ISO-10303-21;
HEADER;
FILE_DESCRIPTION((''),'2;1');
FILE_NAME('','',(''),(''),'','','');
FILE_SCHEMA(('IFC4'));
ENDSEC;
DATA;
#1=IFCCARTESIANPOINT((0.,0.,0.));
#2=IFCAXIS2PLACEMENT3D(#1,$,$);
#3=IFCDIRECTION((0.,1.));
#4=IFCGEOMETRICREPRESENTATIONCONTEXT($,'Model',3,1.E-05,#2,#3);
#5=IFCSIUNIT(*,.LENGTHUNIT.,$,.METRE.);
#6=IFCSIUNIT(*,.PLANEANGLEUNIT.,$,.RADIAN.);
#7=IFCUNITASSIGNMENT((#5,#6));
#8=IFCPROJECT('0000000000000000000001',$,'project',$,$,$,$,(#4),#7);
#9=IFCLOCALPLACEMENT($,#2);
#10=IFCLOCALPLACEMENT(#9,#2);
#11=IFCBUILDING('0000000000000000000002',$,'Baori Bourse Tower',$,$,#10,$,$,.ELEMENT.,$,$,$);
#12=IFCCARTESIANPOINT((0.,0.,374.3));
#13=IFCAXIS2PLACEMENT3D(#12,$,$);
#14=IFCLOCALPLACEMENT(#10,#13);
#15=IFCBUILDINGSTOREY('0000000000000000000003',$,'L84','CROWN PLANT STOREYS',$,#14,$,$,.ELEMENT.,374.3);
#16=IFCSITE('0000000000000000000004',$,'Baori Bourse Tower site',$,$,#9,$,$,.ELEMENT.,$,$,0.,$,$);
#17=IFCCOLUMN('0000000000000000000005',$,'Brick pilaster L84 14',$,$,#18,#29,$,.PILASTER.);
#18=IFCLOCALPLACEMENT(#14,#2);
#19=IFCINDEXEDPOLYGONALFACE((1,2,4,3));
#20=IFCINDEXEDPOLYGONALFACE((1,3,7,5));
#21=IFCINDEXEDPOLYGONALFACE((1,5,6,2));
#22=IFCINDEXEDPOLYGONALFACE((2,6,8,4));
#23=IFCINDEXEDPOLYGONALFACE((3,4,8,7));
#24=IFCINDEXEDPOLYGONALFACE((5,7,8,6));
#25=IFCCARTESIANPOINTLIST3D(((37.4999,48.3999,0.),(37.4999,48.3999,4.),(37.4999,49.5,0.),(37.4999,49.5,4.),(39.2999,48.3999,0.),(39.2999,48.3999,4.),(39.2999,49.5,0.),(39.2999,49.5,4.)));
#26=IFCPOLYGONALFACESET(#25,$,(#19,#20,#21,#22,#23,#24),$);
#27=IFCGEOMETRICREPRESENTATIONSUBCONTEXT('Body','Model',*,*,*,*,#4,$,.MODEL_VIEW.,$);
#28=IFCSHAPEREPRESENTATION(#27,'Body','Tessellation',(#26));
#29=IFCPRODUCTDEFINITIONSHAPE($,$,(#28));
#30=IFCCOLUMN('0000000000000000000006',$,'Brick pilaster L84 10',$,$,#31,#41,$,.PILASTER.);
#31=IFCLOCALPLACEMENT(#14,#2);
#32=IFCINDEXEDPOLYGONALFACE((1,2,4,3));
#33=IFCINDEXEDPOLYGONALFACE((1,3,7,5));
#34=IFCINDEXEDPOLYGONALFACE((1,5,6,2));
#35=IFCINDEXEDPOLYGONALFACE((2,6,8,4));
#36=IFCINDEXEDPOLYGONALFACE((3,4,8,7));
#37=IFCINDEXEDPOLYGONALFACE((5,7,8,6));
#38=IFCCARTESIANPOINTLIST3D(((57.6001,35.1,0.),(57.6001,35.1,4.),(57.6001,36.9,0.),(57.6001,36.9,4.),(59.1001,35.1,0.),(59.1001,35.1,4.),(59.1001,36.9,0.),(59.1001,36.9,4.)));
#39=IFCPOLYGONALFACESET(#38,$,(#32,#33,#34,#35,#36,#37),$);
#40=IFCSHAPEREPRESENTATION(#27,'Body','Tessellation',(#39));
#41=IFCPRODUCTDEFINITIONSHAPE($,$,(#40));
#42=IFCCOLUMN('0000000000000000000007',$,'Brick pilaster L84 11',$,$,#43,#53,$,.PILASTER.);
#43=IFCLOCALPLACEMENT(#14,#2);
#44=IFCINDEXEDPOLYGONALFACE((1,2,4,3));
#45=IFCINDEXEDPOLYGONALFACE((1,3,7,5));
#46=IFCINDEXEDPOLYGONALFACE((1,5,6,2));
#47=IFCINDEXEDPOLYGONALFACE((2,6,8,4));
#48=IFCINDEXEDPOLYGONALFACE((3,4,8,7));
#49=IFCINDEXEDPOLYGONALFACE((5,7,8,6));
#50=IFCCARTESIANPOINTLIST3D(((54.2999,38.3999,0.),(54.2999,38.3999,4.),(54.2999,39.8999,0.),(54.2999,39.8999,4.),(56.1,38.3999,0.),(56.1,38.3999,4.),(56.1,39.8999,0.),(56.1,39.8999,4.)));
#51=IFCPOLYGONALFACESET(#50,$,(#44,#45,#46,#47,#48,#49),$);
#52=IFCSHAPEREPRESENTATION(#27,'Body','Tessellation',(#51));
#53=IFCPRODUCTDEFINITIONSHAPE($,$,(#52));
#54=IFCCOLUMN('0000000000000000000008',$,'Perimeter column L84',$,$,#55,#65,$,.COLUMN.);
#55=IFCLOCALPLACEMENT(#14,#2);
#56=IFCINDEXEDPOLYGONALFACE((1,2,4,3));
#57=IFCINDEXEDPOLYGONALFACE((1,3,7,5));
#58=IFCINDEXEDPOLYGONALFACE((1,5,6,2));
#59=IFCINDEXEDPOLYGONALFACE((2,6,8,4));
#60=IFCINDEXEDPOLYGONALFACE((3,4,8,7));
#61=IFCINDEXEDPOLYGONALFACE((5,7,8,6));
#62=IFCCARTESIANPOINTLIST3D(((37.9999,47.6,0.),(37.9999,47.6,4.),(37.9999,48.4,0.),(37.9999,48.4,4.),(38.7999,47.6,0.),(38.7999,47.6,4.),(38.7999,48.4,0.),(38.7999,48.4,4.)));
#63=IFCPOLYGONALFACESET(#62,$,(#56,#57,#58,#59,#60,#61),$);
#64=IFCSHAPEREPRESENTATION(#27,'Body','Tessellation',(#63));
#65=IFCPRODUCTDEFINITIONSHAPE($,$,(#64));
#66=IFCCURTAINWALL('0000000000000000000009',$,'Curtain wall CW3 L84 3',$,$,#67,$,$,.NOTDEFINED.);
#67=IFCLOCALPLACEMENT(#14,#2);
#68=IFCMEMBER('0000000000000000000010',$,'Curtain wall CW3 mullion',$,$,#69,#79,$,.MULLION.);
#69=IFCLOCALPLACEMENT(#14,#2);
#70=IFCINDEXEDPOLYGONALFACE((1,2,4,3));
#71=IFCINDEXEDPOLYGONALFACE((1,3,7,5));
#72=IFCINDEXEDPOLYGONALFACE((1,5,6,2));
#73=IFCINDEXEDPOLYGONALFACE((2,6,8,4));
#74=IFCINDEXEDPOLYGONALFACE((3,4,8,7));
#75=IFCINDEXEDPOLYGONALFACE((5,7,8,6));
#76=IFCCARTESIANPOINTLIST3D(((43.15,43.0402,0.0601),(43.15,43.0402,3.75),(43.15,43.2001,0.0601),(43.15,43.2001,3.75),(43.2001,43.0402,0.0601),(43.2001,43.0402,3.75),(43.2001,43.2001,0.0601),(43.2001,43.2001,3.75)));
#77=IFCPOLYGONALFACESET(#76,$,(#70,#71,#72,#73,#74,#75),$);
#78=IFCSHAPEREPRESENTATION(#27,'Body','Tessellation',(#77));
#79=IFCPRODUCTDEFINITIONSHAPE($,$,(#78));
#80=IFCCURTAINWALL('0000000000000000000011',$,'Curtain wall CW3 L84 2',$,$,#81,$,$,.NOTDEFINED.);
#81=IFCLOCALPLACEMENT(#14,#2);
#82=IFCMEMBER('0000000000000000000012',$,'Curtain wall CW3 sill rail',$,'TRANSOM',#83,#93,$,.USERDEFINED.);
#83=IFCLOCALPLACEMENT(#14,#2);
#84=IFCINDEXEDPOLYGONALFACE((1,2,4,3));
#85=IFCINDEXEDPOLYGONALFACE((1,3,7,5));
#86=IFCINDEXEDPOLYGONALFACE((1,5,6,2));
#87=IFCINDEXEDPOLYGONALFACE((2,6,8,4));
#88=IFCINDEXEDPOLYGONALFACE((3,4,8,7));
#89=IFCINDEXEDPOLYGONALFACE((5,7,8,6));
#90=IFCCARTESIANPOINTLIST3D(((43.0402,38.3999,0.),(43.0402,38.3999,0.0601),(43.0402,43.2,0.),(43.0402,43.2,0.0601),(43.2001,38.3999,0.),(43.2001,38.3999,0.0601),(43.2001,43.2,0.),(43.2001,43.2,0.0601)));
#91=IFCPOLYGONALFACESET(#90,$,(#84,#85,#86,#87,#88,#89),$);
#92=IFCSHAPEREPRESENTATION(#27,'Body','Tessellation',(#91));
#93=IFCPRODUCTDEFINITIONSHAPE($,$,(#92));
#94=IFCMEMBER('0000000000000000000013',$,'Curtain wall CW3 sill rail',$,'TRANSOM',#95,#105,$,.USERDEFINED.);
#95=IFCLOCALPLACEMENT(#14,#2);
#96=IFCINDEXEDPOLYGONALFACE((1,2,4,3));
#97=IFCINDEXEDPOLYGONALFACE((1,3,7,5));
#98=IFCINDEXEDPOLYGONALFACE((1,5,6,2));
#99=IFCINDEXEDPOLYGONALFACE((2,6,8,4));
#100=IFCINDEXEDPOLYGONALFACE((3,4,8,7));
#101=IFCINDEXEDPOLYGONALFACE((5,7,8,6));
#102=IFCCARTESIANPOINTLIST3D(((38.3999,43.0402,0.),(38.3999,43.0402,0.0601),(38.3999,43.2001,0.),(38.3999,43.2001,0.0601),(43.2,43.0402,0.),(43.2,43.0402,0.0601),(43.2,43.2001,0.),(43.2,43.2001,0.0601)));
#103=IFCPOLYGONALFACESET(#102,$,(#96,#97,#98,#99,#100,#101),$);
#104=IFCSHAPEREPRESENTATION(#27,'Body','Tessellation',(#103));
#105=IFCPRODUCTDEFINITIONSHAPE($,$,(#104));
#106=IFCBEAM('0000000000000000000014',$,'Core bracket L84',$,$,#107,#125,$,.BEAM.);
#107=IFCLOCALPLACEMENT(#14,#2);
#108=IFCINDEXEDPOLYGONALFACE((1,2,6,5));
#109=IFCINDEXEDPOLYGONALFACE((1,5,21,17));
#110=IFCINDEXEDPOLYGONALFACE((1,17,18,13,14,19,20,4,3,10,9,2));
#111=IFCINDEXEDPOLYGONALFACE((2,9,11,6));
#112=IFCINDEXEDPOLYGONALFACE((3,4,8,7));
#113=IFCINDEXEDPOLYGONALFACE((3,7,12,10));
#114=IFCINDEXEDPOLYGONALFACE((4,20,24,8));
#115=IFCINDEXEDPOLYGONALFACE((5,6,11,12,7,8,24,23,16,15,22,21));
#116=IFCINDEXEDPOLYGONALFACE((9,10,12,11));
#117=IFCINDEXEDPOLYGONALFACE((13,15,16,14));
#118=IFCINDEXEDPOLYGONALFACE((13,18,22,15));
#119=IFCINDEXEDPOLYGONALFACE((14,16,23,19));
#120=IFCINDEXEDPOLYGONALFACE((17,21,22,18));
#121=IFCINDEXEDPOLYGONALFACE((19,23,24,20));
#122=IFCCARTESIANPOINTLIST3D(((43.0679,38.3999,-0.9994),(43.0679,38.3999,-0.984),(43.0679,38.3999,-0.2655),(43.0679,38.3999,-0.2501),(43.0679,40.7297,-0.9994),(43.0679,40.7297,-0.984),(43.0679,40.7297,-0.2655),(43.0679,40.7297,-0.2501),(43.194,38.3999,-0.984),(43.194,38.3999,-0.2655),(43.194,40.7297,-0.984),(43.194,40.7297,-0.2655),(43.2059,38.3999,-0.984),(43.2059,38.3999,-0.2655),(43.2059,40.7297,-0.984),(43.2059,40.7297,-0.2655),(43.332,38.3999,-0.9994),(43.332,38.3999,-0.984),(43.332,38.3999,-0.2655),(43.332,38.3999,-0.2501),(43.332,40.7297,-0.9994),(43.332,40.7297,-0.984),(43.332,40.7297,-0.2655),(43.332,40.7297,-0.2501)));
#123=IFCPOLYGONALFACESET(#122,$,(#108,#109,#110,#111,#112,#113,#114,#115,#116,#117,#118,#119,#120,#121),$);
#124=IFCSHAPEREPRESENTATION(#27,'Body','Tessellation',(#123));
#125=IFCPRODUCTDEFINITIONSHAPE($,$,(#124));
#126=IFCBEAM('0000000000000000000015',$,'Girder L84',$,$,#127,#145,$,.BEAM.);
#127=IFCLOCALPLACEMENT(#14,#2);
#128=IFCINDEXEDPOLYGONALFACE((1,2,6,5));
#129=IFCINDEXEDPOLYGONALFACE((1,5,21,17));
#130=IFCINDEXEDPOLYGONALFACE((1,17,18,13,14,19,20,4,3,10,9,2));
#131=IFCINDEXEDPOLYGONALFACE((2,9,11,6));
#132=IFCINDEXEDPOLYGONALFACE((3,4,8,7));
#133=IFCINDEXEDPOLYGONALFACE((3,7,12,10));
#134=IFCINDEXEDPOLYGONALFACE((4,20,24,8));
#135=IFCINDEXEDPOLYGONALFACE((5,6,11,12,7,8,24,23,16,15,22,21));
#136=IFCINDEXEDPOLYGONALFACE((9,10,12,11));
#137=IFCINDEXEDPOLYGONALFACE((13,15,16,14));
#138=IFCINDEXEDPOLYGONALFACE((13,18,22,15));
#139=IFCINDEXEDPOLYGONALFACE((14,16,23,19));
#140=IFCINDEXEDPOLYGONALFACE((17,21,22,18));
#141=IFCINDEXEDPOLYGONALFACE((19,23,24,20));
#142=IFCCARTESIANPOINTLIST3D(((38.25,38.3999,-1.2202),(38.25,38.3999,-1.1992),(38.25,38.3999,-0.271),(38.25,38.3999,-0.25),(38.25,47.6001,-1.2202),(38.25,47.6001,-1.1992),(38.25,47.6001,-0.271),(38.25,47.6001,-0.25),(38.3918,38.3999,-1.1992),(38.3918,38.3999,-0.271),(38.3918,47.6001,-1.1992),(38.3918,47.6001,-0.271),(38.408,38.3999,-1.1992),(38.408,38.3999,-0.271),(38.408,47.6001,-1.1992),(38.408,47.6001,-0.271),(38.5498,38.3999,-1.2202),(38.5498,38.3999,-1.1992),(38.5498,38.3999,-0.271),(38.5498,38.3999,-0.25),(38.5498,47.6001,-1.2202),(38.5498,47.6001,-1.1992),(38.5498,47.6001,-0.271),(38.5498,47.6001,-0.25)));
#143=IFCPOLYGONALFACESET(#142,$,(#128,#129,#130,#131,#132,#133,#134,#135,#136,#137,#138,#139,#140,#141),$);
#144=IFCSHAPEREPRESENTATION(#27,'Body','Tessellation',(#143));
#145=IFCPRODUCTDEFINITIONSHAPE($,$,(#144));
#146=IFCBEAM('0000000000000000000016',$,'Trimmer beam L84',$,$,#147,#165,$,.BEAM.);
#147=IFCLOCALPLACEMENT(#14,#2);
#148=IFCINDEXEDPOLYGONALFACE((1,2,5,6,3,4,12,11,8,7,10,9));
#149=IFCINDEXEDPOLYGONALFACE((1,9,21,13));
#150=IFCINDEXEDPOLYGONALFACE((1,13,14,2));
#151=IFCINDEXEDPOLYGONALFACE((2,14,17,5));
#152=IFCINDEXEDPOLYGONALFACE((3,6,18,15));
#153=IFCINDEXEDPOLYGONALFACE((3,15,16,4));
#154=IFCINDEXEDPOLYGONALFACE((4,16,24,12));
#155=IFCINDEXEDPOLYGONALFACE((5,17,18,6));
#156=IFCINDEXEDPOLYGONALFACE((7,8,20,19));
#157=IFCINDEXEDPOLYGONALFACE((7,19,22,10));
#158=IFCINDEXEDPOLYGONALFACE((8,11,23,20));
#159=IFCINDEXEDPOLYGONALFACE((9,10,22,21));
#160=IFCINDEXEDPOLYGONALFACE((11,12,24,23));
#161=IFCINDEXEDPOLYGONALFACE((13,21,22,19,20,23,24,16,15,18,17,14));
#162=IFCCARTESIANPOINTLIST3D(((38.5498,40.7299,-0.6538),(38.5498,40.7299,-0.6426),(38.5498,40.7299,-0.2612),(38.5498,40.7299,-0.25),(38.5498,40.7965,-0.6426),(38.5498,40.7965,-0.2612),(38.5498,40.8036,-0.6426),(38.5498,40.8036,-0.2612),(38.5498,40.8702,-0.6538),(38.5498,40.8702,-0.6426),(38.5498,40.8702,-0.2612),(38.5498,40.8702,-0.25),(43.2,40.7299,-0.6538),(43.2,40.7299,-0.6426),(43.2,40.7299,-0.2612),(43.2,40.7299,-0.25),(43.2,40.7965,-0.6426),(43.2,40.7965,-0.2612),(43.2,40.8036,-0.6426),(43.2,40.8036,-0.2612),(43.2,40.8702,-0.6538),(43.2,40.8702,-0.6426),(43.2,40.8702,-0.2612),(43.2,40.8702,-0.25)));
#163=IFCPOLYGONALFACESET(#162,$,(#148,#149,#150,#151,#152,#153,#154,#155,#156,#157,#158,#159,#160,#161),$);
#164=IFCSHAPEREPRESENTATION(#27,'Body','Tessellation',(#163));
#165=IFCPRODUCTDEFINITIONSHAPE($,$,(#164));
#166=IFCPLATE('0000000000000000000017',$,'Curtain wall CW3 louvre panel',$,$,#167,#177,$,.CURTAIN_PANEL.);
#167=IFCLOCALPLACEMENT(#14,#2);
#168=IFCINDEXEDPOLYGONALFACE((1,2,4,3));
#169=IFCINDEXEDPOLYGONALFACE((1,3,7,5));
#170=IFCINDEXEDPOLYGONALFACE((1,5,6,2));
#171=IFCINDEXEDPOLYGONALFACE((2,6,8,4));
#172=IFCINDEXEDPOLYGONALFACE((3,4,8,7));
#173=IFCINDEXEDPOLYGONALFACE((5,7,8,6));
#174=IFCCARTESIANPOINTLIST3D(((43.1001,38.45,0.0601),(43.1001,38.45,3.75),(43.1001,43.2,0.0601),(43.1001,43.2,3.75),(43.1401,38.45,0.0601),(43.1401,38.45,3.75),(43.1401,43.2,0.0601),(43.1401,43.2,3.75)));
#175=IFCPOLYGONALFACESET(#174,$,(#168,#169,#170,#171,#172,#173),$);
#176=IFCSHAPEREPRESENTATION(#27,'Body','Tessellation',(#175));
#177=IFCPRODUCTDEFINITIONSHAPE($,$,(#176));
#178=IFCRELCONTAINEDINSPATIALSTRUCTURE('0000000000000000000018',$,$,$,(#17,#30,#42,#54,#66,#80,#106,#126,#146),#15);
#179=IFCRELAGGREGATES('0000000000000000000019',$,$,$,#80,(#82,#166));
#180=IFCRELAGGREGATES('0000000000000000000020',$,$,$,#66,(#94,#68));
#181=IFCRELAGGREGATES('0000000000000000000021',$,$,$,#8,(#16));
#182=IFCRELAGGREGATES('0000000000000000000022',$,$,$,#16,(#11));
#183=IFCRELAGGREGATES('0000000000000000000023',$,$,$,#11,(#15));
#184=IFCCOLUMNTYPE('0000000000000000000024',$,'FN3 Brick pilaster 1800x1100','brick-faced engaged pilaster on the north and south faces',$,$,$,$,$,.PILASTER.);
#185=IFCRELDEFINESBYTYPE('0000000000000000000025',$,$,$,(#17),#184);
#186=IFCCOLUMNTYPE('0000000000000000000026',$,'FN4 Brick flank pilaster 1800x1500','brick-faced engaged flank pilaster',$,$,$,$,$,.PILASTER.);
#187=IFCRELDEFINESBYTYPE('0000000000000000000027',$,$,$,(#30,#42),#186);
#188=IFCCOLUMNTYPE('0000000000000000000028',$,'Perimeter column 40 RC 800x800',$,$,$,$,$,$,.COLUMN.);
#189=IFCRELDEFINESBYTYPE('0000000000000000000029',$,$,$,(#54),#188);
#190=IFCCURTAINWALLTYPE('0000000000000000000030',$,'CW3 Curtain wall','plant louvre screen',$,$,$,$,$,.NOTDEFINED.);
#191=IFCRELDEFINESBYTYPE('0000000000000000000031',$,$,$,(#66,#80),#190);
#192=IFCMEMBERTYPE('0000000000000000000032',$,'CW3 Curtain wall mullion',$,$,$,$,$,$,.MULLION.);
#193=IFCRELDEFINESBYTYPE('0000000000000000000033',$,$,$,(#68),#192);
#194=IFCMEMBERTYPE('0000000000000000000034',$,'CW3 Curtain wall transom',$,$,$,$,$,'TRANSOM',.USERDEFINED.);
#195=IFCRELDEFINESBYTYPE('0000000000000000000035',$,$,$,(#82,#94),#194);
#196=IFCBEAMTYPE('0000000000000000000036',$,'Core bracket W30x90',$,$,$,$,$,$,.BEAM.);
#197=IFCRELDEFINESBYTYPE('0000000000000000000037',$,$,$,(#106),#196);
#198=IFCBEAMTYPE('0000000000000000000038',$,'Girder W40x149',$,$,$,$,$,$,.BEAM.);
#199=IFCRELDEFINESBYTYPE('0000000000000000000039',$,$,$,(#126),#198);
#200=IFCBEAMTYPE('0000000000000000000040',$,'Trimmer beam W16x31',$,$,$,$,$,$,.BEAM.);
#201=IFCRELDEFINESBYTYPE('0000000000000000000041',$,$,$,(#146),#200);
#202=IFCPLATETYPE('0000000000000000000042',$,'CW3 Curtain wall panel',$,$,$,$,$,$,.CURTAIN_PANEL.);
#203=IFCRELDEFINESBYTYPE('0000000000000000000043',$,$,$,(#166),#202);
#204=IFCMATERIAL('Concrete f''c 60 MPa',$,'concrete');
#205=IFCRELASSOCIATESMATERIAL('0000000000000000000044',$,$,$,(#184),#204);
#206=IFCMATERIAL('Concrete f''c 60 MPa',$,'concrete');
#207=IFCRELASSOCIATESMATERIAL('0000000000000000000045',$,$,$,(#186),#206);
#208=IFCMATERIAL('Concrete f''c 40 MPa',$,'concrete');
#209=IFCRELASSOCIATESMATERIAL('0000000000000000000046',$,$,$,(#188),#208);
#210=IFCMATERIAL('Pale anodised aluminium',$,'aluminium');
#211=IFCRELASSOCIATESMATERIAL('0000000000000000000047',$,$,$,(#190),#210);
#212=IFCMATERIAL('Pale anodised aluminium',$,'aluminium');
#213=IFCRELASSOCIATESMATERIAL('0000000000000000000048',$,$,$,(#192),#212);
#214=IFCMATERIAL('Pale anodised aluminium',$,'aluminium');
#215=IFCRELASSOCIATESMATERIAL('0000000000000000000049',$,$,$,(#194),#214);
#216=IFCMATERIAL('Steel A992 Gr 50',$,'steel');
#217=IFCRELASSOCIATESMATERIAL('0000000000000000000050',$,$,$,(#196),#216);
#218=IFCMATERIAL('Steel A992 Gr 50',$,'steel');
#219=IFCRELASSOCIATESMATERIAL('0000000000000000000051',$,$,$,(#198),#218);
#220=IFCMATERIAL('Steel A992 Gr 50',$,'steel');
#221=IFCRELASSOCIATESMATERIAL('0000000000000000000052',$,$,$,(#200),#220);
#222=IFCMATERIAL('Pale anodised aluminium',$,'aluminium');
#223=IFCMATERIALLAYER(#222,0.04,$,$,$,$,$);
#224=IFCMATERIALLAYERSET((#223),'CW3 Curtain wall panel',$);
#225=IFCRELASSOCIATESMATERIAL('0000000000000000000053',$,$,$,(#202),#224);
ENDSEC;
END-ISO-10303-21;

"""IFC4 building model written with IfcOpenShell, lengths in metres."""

from ifc_helpers import new_model, si_unit, direction, frame, origin, origin_2d, place, context, subcontext, project, spatial, rectangle, i_section, extrude, material, layer, layer_set, material_profile, profile_set, type_object, element, aggregate, save


model = new_model("IFC4")

# Units and contexts
model_context = context("Model", 3, precision=1e-05, world=origin(), true_north=direction((0.0, 1.0)))
body_context = subcontext(model_context, "Body", "Model", "MODEL_VIEW")
ifc_project = project(units=[si_unit("LENGTHUNIT", "METRE"), si_unit("PLANEANGLEUNIT", "RADIAN")], contexts=[model_context])

# Site, building, storey
site_placement = place(None, origin())
site = spatial("IfcSite", under=ifc_project, at=site_placement, Name="Baori Bourse Tower site", CompositionType="ELEMENT", RefElevation=0.0)
building_placement = place(site_placement, origin())
building = spatial("IfcBuilding", under=site, at=building_placement, Name="Baori Bourse Tower", CompositionType="ELEMENT")
storey_placement = place(building_placement, frame((0.0, 0.0, 374.3)))
storey = spatial("IfcBuildingStorey", under=building, at=storey_placement, Name="L84", Description="CROWN PLANT STOREYS", CompositionType="ELEMENT", Elevation=374.3)

# Columns
ifc_material_1 = material(Name="Concrete f'c 60 MPa", Category="concrete")
ifc_material_profile_1 = material_profile(ifc_material_1, rectangle(XDim=1.8, YDim=1.1001, at=origin_2d()), Name="RC 1800x1100")
ifc_profile_set_1 = profile_set([ifc_material_profile_1], Name="Concrete f'c 60 MPa")
column_type_1 = type_object("IfcColumnType", Name="FN3 Brick pilaster 1800x1100", Description="brick-faced engaged pilaster on the north and south faces", PredefinedType="PILASTER", material=ifc_profile_set_1)
column_1_placement = place(storey_placement, frame((38.3999, 48.95, 0.0), z_axis=(0.0, 0.0, 1.0), x_axis=(1.0, 0.0, 0.0)))
element("IfcColumn", 1, at=column_1_placement, inside=storey, type_object=column_type_1, Name="Brick pilaster L84 14", PredefinedType="PILASTER", context=body_context, shape_type="SweptSolid", body=[
    extrude(rectangle(XDim=1.8, YDim=1.1001, at=origin_2d()), origin(), (0.0, 0.0, 1.0), 4.0),
])
ifc_material_2 = material(Name="Concrete f'c 60 MPa", Category="concrete")
ifc_material_profile_2 = material_profile(ifc_material_2, rectangle(XDim=1.8, YDim=1.5, at=origin_2d()), Name="RC 1800x1500")
ifc_profile_set_2 = profile_set([ifc_material_profile_2], Name="Concrete f'c 60 MPa")
column_type_2 = type_object("IfcColumnType", Name="FN4 Brick flank pilaster 1800x1500", Description="brick-faced engaged flank pilaster", PredefinedType="PILASTER", material=ifc_profile_set_2)
for number, where, z_axis, x_axis, name in (
    (2, (58.3501, 36.0, 0.0), (0.0, 0.0, 1.0), (0.0, 1.0, 0.0), "Brick pilaster L84 10"),
    (3, (55.2, 39.1499, 0.0), (0.0, 0.0, 1.0), (1.0, 0.0, 0.0), "Brick pilaster L84 11"),
):
    element("IfcColumn", number, at=place(storey_placement, frame(where, z_axis=z_axis, x_axis=x_axis)), inside=storey, type_object=column_type_2, Name=name, PredefinedType="PILASTER", context=body_context, shape_type="SweptSolid", body=[
        extrude(rectangle(XDim=1.8, YDim=1.5, at=origin_2d()), origin(), (0.0, 0.0, 1.0), 4.0),
    ])
ifc_material_3 = material(Name="Concrete f'c 40 MPa", Category="concrete")
ifc_material_profile_3 = material_profile(ifc_material_3, rectangle(XDim=0.8, YDim=0.8, at=origin_2d()), Name="RC 800x800")
ifc_profile_set_3 = profile_set([ifc_material_profile_3], Name="Concrete f'c 40 MPa")
column_type_3 = type_object("IfcColumnType", Name="Perimeter column 40 RC 800x800", PredefinedType="COLUMN", material=ifc_profile_set_3)
column_2_placement = place(storey_placement, frame((38.3999, 48.0, 0.0), z_axis=(0.0, 0.0, 1.0), x_axis=(1.0, 0.0, 0.0)))
element("IfcColumn", 4, at=column_2_placement, inside=storey, type_object=column_type_3, Name="Perimeter column L84", PredefinedType="COLUMN", context=body_context, shape_type="SweptSolid", body=[
    extrude(rectangle(XDim=0.8, YDim=0.8, at=origin_2d()), origin(), (0.0, 0.0, 1.0), 4.0),
])

# Curtain walls, members
ifc_material_4 = material(Name="Pale anodised aluminium", Category="aluminium")
curtain_wall_type = type_object("IfcCurtainWallType", Name="CW3 Curtain wall", Description="plant louvre screen", PredefinedType="NOTDEFINED", material=ifc_material_4)
curtain_wall_1_placement = place(storey_placement, origin())
curtain_wall_1 = element("IfcCurtainWall", 5, at=curtain_wall_1_placement, inside=storey, type_object=curtain_wall_type, Name="Curtain wall CW3 L84 3", PredefinedType="NOTDEFINED")
ifc_material_5 = material(Name="Pale anodised aluminium", Category="aluminium")
ifc_material_profile_4 = material_profile(ifc_material_5, rectangle(XDim=0.1599, YDim=0.05, at=origin_2d()), Name="Mullion 50x160")
ifc_profile_set_4 = profile_set([ifc_material_profile_4], Name="Pale anodised aluminium")
member_type_1 = type_object("IfcMemberType", Name="CW3 Curtain wall mullion", PredefinedType="MULLION", material=ifc_profile_set_4)
member_1_placement = place(storey_placement, frame((43.175, 43.1201, 0.0601), z_axis=(0.0, 0.0, 1.0), x_axis=(0.0, -1.0, 0.0)))
member_1 = element("IfcMember", 6, at=member_1_placement, type_object=member_type_1, Name="Curtain wall CW3 mullion", PredefinedType="MULLION", context=body_context, shape_type="SweptSolid", body=[
    extrude(rectangle(XDim=0.1599, YDim=0.05, at=origin_2d()), origin(), (0.0, 0.0, 1.0), 3.6899),
])
curtain_wall_2_placement = place(storey_placement, origin())
curtain_wall_2 = element("IfcCurtainWall", 7, at=curtain_wall_2_placement, inside=storey, type_object=curtain_wall_type, Name="Curtain wall CW3 L84 2", PredefinedType="NOTDEFINED")
ifc_material_6 = material(Name="Pale anodised aluminium", Category="aluminium")
ifc_material_profile_5 = material_profile(ifc_material_6, rectangle(XDim=0.1599, YDim=0.0601, at=origin_2d()), Name="Transom 60x160")
ifc_profile_set_5 = profile_set([ifc_material_profile_5], Name="Pale anodised aluminium")
member_type_2 = type_object("IfcMemberType", Name="CW3 Curtain wall transom", ElementType="TRANSOM", PredefinedType="USERDEFINED", material=ifc_profile_set_5)
member_2_placement = place(storey_placement, frame((43.1201, 38.3999, 0.03), z_axis=(0.0, 1.0, 0.0), x_axis=(-1.0, 0.0, 0.0)))
member_2 = element("IfcMember", 8, at=member_2_placement, type_object=member_type_2, Name="Curtain wall CW3 sill rail", ObjectType="TRANSOM", PredefinedType="USERDEFINED", context=body_context, shape_type="SweptSolid", body=[
    extrude(rectangle(XDim=0.1599, YDim=0.0601, at=origin_2d()), origin(), (0.0, 0.0, 1.0), 4.8),
])

# Member
member_3_placement = place(storey_placement, frame((43.2, 43.1201, 0.03), z_axis=(-1.0, 0.0, 0.0), x_axis=(0.0, -1.0, 0.0)))
member_3 = element("IfcMember", 9, at=member_3_placement, type_object=member_type_2, Name="Curtain wall CW3 sill rail", ObjectType="TRANSOM", PredefinedType="USERDEFINED", context=body_context, shape_type="SweptSolid", body=[
    extrude(rectangle(XDim=0.1599, YDim=0.0601, at=origin_2d()), origin(), (0.0, 0.0, 1.0), 4.8),
])

# Beams
ifc_material_7 = material(Name="Steel A992 Gr 50", Category="steel")
ifc_material_profile_6 = material_profile(ifc_material_7, i_section(OverallWidth=0.2642, OverallDepth=0.7493, WebThickness=0.012, FlangeThickness=0.0154, at=origin_2d()), Name="W30x90")
ifc_profile_set_6 = profile_set([ifc_material_profile_6], Name="Steel A992 Gr 50")
beam_type_1 = type_object("IfcBeamType", Name="Core bracket W30x90", PredefinedType="BEAM", material=ifc_profile_set_6)
beam_1_placement = place(storey_placement, frame((43.2, 38.3999, -0.6248), z_axis=(0.0, 1.0, 0.0), x_axis=(-1.0, 0.0, 0.0)))
element("IfcBeam", 10, at=beam_1_placement, inside=storey, type_object=beam_type_1, Name="Core bracket L84", PredefinedType="BEAM", context=body_context, shape_type="SweptSolid", body=[
    extrude(i_section(OverallWidth=0.2642, OverallDepth=0.7493, WebThickness=0.012, FlangeThickness=0.0154, at=origin_2d()), origin(), (0.0, 0.0, 1.0), 2.3298),
])
ifc_material_8 = material(Name="Steel A992 Gr 50", Category="steel")
ifc_material_profile_7 = material_profile(ifc_material_8, i_section(OverallWidth=0.2998, OverallDepth=0.9702, WebThickness=0.0161, FlangeThickness=0.021, at=origin_2d()), Name="W40x149")
ifc_profile_set_7 = profile_set([ifc_material_profile_7], Name="Steel A992 Gr 50")
beam_type_2 = type_object("IfcBeamType", Name="Girder W40x149", PredefinedType="BEAM", material=ifc_profile_set_7)
beam_2_placement = place(storey_placement, frame((38.3999, 38.3999, -0.7351), z_axis=(0.0, 1.0, 0.0), x_axis=(-1.0, 0.0, 0.0)))
element("IfcBeam", 11, at=beam_2_placement, inside=storey, type_object=beam_type_2, Name="Girder L84", PredefinedType="BEAM", context=body_context, shape_type="SweptSolid", body=[
    extrude(i_section(OverallWidth=0.2998, OverallDepth=0.9702, WebThickness=0.0161, FlangeThickness=0.021, at=origin_2d()), origin(), (0.0, 0.0, 1.0), 9.2002),
])
ifc_material_9 = material(Name="Steel A992 Gr 50", Category="steel")
ifc_material_profile_8 = material_profile(ifc_material_9, i_section(OverallWidth=0.1404, OverallDepth=0.4038, WebThickness=0.0071, FlangeThickness=0.0112, at=origin_2d()), Name="W16x31")
ifc_profile_set_8 = profile_set([ifc_material_profile_8], Name="Steel A992 Gr 50")
beam_type_3 = type_object("IfcBeamType", Name="Trimmer beam W16x31", PredefinedType="BEAM", material=ifc_profile_set_8)
beam_3_placement = place(storey_placement, frame((38.5498, 40.8, -0.4519), z_axis=(1.0, 0.0, 0.0), x_axis=(0.0, 1.0, 0.0)))
element("IfcBeam", 12, at=beam_3_placement, inside=storey, type_object=beam_type_3, Name="Trimmer beam L84", PredefinedType="BEAM", context=body_context, shape_type="SweptSolid", body=[
    extrude(i_section(OverallWidth=0.1404, OverallDepth=0.4038, WebThickness=0.0071, FlangeThickness=0.0112, at=origin_2d()), origin(), (0.0, 0.0, 1.0), 4.6501),
])

# Plate
ifc_material_10 = material(Name="Pale anodised aluminium", Category="aluminium")
ifc_layer_1 = layer(ifc_material_10, 0.04)
ifc_layer_set_1 = layer_set([ifc_layer_1], Name="CW3 Curtain wall panel")
plate_type = type_object("IfcPlateType", Name="CW3 Curtain wall panel", PredefinedType="CURTAIN_PANEL", material=ifc_layer_set_1)
plate_1_placement = place(storey_placement, frame((43.1201, 40.825, 0.0601), z_axis=(0.0, 0.0, 1.0), x_axis=(0.0, 1.0, 0.0)))
plate_1 = element("IfcPlate", 13, at=plate_1_placement, type_object=plate_type, Name="Curtain wall CW3 louvre panel", PredefinedType="CURTAIN_PANEL", context=body_context, shape_type="SweptSolid", body=[
    extrude(rectangle(XDim=4.75, YDim=0.04, at=origin_2d()), origin(), (0.0, 0.0, 1.0), 3.6899),
])
aggregate(curtain_wall_2, [member_2, plate_1])
aggregate(curtain_wall_1, [member_3, member_1])

save(model, "model.ifc")
